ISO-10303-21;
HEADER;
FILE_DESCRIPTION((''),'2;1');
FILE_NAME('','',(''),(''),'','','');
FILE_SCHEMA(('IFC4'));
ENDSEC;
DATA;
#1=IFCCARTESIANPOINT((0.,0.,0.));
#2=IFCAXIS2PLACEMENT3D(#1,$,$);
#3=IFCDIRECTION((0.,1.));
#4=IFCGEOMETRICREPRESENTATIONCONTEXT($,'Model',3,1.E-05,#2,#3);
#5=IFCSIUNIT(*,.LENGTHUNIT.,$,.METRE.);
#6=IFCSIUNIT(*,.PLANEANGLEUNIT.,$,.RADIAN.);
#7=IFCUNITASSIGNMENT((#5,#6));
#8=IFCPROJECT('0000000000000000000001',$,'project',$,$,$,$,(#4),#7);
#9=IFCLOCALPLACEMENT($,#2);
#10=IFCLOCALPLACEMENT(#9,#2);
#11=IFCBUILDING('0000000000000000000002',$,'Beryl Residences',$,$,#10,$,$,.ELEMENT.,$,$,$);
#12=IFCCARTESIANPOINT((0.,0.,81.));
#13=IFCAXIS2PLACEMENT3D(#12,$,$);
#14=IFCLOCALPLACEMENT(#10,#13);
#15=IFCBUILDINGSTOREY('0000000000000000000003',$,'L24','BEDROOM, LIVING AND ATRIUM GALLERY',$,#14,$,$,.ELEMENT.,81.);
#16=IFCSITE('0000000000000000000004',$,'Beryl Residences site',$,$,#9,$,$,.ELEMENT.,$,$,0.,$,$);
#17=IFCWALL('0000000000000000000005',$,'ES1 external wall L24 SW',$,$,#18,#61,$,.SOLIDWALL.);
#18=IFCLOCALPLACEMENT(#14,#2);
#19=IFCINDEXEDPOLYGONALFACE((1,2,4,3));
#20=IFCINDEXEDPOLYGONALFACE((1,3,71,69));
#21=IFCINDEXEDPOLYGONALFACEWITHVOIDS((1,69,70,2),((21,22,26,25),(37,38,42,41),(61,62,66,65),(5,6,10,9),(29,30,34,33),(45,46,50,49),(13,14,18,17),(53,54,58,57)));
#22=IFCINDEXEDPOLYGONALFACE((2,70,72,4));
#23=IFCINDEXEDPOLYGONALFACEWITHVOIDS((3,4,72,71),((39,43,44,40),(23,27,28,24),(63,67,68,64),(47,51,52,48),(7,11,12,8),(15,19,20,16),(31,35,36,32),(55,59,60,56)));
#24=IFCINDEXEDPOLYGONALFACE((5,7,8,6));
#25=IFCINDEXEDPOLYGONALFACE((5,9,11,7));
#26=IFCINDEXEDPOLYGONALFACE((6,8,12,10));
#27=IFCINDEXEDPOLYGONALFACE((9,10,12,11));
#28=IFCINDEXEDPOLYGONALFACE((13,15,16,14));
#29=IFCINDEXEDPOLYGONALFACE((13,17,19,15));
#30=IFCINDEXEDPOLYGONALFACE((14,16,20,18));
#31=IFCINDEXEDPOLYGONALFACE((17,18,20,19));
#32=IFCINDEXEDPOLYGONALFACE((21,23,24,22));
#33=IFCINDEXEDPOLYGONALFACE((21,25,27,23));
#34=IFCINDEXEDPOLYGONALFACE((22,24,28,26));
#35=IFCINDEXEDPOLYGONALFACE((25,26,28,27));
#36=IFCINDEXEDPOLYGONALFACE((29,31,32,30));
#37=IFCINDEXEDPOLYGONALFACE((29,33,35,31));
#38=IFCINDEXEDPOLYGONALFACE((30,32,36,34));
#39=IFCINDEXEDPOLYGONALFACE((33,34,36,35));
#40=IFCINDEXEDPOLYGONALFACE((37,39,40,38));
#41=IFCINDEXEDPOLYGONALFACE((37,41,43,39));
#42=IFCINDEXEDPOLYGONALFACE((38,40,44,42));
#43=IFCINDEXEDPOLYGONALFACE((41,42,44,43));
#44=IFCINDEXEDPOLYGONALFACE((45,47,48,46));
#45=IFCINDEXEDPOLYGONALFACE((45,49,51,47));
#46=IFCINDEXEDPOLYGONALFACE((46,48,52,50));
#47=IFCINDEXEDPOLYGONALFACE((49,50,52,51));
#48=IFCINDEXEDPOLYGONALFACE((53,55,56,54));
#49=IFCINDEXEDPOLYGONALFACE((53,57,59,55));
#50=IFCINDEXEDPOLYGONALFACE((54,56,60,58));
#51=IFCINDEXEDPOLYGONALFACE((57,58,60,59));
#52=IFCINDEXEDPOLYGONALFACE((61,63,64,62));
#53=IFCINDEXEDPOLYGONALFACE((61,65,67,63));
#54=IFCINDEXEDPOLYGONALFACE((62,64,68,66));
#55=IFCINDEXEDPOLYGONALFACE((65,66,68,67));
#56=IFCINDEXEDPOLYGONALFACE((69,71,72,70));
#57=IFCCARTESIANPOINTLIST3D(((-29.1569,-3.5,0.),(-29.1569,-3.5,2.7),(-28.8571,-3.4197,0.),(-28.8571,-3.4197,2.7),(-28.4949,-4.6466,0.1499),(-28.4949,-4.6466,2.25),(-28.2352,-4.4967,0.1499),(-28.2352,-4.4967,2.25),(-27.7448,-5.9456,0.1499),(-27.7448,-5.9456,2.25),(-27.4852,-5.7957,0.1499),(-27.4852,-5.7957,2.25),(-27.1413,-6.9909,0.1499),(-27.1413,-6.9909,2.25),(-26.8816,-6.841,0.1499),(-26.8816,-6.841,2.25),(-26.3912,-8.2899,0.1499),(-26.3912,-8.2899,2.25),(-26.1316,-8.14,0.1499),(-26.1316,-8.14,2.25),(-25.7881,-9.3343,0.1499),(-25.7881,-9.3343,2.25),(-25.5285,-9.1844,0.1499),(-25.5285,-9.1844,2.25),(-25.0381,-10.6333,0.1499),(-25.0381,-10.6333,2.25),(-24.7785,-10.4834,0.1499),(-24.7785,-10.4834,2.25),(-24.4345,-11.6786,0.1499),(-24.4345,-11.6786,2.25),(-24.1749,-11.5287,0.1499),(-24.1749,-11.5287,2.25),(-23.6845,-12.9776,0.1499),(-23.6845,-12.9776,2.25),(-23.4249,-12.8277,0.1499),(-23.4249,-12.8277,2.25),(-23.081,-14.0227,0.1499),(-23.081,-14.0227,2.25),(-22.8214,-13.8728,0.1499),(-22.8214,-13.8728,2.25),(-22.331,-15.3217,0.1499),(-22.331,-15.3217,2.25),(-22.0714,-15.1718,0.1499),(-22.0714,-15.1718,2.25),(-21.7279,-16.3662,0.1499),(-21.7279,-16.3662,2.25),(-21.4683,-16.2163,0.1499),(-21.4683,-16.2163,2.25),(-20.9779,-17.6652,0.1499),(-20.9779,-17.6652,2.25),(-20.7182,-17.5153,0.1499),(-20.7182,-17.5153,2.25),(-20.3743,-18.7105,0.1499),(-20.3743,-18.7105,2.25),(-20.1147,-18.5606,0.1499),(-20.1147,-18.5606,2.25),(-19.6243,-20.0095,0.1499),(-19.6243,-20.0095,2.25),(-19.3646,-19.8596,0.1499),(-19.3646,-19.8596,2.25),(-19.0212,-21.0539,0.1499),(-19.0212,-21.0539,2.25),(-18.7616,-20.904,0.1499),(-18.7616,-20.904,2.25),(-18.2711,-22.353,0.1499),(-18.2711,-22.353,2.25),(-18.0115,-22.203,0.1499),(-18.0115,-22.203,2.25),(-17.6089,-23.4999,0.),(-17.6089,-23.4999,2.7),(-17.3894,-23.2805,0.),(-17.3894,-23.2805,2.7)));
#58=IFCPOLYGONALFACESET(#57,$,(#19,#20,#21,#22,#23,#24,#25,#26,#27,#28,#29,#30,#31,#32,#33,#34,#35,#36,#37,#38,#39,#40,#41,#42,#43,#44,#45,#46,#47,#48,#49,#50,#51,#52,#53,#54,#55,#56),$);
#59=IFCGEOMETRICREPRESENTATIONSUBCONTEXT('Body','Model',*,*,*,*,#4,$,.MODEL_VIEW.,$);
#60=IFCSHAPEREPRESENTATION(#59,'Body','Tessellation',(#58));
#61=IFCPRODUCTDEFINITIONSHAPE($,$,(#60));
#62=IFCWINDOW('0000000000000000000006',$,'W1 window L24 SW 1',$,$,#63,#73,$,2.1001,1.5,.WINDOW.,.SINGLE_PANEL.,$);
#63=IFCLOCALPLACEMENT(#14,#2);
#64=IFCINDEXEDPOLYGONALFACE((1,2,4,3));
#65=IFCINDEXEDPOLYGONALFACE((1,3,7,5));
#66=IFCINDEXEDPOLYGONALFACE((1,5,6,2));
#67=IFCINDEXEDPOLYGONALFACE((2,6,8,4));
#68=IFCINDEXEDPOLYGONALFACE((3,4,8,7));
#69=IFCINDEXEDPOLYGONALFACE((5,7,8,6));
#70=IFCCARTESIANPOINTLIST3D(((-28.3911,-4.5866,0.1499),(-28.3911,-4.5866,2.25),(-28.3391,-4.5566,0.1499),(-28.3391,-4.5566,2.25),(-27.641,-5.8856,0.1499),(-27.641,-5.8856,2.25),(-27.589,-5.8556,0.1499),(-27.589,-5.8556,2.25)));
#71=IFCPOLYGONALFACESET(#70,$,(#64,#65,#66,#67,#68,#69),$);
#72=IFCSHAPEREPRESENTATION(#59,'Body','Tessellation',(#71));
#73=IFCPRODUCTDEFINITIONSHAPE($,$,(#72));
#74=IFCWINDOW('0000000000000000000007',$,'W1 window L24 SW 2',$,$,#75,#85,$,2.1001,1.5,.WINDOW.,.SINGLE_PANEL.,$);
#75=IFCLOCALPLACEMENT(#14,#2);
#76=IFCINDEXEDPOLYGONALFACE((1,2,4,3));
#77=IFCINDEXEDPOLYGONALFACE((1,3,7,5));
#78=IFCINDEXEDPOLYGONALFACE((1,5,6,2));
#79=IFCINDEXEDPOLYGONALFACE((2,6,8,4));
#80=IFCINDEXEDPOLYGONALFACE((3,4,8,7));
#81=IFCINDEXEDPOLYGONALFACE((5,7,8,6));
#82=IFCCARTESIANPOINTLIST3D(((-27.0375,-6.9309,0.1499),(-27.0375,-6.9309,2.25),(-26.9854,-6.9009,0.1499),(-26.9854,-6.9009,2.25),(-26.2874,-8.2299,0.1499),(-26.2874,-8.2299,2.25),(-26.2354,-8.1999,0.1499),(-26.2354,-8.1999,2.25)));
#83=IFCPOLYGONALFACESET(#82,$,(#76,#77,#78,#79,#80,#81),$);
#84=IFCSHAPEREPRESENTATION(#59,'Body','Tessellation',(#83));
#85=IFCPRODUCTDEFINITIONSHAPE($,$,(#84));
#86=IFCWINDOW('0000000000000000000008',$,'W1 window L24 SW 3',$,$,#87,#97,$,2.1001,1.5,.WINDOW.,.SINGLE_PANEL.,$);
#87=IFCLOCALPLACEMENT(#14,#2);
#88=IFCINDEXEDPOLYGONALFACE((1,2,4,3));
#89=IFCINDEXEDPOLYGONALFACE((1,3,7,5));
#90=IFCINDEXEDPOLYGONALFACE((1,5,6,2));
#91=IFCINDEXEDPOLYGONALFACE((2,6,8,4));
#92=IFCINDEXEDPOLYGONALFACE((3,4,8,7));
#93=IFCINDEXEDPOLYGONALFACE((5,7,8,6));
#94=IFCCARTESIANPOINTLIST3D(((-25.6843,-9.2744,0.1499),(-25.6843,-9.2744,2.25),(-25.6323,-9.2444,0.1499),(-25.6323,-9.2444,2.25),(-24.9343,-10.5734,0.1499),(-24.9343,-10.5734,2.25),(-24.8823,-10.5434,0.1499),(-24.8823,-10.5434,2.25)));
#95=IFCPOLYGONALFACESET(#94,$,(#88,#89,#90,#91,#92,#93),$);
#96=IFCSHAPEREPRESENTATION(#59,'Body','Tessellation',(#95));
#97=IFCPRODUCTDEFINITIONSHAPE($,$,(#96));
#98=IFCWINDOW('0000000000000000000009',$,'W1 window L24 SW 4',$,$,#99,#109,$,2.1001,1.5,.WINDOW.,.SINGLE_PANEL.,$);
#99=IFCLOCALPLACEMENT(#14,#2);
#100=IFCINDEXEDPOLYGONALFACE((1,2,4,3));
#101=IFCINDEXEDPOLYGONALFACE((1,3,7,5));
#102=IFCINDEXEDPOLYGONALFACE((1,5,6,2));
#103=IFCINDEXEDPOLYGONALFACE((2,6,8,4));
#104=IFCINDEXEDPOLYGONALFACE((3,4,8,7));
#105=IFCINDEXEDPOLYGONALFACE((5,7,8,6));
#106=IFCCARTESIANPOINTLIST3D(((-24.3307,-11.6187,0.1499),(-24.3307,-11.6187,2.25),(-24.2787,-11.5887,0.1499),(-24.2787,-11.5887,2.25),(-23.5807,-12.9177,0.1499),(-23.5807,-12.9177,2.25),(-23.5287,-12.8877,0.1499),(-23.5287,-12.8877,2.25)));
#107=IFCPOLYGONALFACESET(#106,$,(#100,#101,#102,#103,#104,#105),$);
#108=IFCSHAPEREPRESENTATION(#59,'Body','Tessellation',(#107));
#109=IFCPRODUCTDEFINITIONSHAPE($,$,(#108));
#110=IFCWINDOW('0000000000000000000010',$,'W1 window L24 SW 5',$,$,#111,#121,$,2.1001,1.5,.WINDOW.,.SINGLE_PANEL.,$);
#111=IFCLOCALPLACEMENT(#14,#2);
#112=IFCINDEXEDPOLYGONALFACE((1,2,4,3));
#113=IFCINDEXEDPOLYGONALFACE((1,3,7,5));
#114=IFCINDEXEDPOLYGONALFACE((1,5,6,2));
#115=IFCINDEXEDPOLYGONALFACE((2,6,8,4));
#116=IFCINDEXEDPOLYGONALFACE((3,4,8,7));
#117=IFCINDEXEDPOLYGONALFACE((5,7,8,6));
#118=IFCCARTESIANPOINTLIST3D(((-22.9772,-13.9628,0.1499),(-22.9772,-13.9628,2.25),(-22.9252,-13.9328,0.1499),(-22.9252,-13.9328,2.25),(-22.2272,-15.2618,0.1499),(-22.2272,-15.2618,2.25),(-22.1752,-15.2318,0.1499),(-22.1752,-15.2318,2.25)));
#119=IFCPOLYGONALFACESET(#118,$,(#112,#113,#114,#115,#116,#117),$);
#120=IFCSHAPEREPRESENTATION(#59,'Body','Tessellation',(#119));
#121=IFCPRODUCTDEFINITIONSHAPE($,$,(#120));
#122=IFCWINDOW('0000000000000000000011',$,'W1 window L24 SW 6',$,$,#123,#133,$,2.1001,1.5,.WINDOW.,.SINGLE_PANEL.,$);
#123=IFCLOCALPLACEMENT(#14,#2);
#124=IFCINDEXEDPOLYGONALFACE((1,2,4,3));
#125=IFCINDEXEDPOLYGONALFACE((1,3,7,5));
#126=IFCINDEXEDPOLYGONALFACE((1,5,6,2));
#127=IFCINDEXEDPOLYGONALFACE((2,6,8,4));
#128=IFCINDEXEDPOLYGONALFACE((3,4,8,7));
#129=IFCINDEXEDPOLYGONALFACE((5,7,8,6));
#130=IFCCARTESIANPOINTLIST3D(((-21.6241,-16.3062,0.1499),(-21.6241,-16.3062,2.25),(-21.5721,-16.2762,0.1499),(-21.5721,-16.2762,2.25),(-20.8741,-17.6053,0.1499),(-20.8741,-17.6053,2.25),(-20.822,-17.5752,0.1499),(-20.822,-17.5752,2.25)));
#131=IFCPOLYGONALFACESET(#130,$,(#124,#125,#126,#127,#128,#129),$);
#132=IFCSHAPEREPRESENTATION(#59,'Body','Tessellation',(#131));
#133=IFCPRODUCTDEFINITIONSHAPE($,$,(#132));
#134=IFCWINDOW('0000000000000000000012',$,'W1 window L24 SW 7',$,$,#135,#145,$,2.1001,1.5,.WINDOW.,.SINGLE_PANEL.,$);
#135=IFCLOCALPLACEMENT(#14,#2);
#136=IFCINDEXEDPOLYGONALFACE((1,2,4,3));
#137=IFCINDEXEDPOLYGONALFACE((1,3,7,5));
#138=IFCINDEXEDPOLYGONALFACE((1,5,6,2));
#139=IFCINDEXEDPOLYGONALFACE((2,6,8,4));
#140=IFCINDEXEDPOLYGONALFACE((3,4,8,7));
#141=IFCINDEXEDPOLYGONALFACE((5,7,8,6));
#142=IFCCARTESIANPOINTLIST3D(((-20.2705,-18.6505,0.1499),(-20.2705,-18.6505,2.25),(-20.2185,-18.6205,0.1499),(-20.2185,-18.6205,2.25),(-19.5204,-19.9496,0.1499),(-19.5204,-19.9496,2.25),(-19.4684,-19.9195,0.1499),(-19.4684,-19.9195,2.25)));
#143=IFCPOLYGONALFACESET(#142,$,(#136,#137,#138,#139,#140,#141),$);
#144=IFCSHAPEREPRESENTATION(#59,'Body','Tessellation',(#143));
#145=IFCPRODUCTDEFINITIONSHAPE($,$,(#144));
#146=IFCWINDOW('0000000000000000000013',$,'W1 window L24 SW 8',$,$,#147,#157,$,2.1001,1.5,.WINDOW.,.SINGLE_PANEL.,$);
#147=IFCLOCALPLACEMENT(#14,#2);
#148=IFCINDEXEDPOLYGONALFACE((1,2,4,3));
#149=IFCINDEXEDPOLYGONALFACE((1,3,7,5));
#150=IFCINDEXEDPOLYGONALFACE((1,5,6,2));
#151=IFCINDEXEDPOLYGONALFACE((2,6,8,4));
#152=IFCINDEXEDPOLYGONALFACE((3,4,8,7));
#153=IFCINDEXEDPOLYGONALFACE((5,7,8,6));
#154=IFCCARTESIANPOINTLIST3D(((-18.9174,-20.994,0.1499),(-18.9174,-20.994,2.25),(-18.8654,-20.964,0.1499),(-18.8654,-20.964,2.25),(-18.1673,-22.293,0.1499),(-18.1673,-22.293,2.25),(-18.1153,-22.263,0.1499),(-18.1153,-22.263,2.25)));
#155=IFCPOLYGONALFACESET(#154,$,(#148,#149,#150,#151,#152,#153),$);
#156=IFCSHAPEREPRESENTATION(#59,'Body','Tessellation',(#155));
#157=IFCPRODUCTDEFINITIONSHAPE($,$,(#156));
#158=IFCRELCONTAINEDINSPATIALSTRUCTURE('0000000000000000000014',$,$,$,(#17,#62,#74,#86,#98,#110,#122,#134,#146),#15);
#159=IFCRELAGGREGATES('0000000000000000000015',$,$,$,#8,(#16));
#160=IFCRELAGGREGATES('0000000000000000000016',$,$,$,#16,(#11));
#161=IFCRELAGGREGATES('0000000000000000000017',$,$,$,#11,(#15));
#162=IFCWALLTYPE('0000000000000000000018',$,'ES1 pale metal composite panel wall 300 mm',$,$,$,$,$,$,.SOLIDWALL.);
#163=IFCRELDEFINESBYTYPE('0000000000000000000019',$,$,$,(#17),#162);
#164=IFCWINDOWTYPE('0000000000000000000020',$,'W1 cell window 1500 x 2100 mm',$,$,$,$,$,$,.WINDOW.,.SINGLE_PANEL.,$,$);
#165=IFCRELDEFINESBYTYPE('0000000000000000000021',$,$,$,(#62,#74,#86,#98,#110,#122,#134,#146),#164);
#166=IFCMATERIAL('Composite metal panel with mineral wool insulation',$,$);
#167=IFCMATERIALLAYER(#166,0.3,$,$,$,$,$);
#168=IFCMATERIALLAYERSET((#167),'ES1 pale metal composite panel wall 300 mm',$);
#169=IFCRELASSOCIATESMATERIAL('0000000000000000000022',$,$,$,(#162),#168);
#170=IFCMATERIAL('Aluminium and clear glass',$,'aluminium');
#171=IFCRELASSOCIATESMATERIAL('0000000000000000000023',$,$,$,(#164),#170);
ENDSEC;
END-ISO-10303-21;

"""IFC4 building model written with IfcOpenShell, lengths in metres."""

from ifc_helpers import new_model, si_unit, direction, frame, frame_2d, origin, place, context, subcontext, project, spatial, polyline, rectangle, outline, extrude, material, layer, layer_set, type_object, element, fill, save


model = new_model("IFC4")

# Units and contexts
model_context = context("Model", 3, precision=1e-05, world=origin(), true_north=direction((0.0, 1.0)))
body_context = subcontext(model_context, "Body", "Model", "MODEL_VIEW")
ifc_project = project(units=[si_unit("LENGTHUNIT", "METRE"), si_unit("PLANEANGLEUNIT", "RADIAN")], contexts=[model_context])

# Site, building, storey
site_placement = place(None, origin())
site = spatial("IfcSite", under=ifc_project, at=site_placement, Name="Beryl Residences site", CompositionType="ELEMENT", RefElevation=0.0)
building_placement = place(site_placement, origin())
building = spatial("IfcBuilding", under=site, at=building_placement, Name="Beryl Residences", CompositionType="ELEMENT")
storey_placement = place(building_placement, frame((0.0, 0.0, 81.0)))
storey = spatial("IfcBuildingStorey", under=building, at=storey_placement, Name="L24", Description="BEDROOM, LIVING AND ATRIUM GALLERY", CompositionType="ELEMENT", Elevation=81.0)

# Wall, openings, windows
ifc_material_1 = material(Name="Composite metal panel with mineral wool insulation")
ifc_layer_1 = layer(ifc_material_1, 0.3)
ifc_layer_set_1 = layer_set([ifc_layer_1], Name="ES1 pale metal composite panel wall 300 mm")
wall_type_1 = type_object("IfcWallType", Name="ES1 pale metal composite panel wall 300 mm", PredefinedType="SOLIDWALL", material=ifc_layer_set_1)
wall_1_placement = place(storey_placement, frame((-29.0271, -3.425, 0.0), z_axis=(0.0, 0.0, 1.0), x_axis=(0.500035, -0.866005, 0.0)))
wall_1 = element("IfcWall", 1, at=wall_1_placement, inside=storey, type_object=wall_type_1, Name="ES1 external wall L24 SW", PredefinedType="SOLIDWALL", context=body_context, shape_type="SweptSolid", body=[
    extrude(outline(polyline([(0.0, -0.1499), (23.0945, -0.1499), (23.0142, 0.1499), (0.0803, 0.1499), (0.0, -0.1499)])), origin(), (0.0, 0.0, 1.0), 2.7),
])
opening_1_placement = place(wall_1_placement, frame((1.324, 0.0, 0.1499)))
opening_1 = element("IfcOpeningElement", 2, at=opening_1_placement, cuts=wall_1, PredefinedType="OPENING", context=body_context, shape_type="SweptSolid", body=[
    extrude(rectangle(XDim=1.5, YDim=2.1001, at=frame_2d((0.75, 1.05))), frame((0.0, 0.1599, 0.0), z_axis=(0.0, -1.0, 0.0), x_axis=(1.0, 0.0, 0.0)), (0.0, 0.0, 1.0), 0.3201),
])
opening_2_placement = place(wall_1_placement, frame((4.031, 0.0, 0.1499)))
opening_2 = element("IfcOpeningElement", 3, at=opening_2_placement, cuts=wall_1, PredefinedType="OPENING", context=body_context, shape_type="SweptSolid", body=[
    extrude(rectangle(XDim=1.5, YDim=2.1001, at=frame_2d((0.75, 1.05))), frame((0.0, 0.1599, 0.0), z_axis=(0.0, -1.0, 0.0), x_axis=(1.0, 0.0, 0.0)), (0.0, 0.0, 1.0), 0.3201),
])
opening_3_placement = place(wall_1_placement, frame((6.7371, 0.0, 0.1499)))
opening_3 = element("IfcOpeningElement", 4, at=opening_3_placement, cuts=wall_1, PredefinedType="OPENING", context=body_context, shape_type="SweptSolid", body=[
    extrude(rectangle(XDim=1.5, YDim=2.1001, at=frame_2d((0.75, 1.05))), frame((0.0, 0.1599, 0.0), z_axis=(0.0, -1.0, 0.0), x_axis=(1.0, 0.0, 0.0)), (0.0, 0.0, 1.0), 0.3201),
])
opening_4_placement = place(wall_1_placement, frame((9.4441, 0.0, 0.1499)))
opening_4 = element("IfcOpeningElement", 5, at=opening_4_placement, cuts=wall_1, PredefinedType="OPENING", context=body_context, shape_type="SweptSolid", body=[
    extrude(rectangle(XDim=1.5, YDim=2.1001, at=frame_2d((0.75, 1.05))), frame((0.0, 0.1599, 0.0), z_axis=(0.0, -1.0, 0.0), x_axis=(1.0, 0.0, 0.0)), (0.0, 0.0, 1.0), 0.3201),
])
opening_5_placement = place(wall_1_placement, frame((12.1509, 0.0, 0.1499)))
opening_5 = element("IfcOpeningElement", 6, at=opening_5_placement, cuts=wall_1, PredefinedType="OPENING", context=body_context, shape_type="SweptSolid", body=[
    extrude(rectangle(XDim=1.5, YDim=2.1001, at=frame_2d((0.75, 1.05))), frame((0.0, 0.1599, 0.0), z_axis=(0.0, -1.0, 0.0), x_axis=(1.0, 0.0, 0.0)), (0.0, 0.0, 1.0), 0.3201),
])
opening_6_placement = place(wall_1_placement, frame((14.8569, 0.0, 0.1499)))
opening_6 = element("IfcOpeningElement", 7, at=opening_6_placement, cuts=wall_1, PredefinedType="OPENING", context=body_context, shape_type="SweptSolid", body=[
    extrude(rectangle(XDim=1.5, YDim=2.1001, at=frame_2d((0.75, 1.05))), frame((0.0, 0.1599, 0.0), z_axis=(0.0, -1.0, 0.0), x_axis=(1.0, 0.0, 0.0)), (0.0, 0.0, 1.0), 0.3201),
])
opening_7_placement = place(wall_1_placement, frame((17.564, 0.0, 0.1499)))
opening_7 = element("IfcOpeningElement", 8, at=opening_7_placement, cuts=wall_1, PredefinedType="OPENING", context=body_context, shape_type="SweptSolid", body=[
    extrude(rectangle(XDim=1.5, YDim=2.1001, at=frame_2d((0.75, 1.05))), frame((0.0, 0.1599, 0.0), z_axis=(0.0, -1.0, 0.0), x_axis=(1.0, 0.0, 0.0)), (0.0, 0.0, 1.0), 0.3201),
])
opening_8_placement = place(wall_1_placement, frame((20.27, 0.0, 0.1499)))
opening_8 = element("IfcOpeningElement", 9, at=opening_8_placement, cuts=wall_1, PredefinedType="OPENING", context=body_context, shape_type="SweptSolid", body=[
    extrude(rectangle(XDim=1.5, YDim=2.1001, at=frame_2d((0.75, 1.05))), frame((0.0, 0.1599, 0.0), z_axis=(0.0, -1.0, 0.0), x_axis=(1.0, 0.0, 0.0)), (0.0, 0.0, 1.0), 0.3201),
])
ifc_material_2 = material(Name="Aluminium and clear glass", Category="aluminium")
window_type_1 = type_object("IfcWindowType", Name="W1 cell window 1500 x 2100 mm", PartitioningType="SINGLE_PANEL", PredefinedType="WINDOW", material=ifc_material_2)
window_1_placement = place(opening_1_placement, origin())
window_1 = element("IfcWindow", 10, at=window_1_placement, inside=storey, type_object=window_type_1, Name="W1 window L24 SW 1", OverallHeight=2.1001, OverallWidth=1.5, PartitioningType="SINGLE_PANEL", PredefinedType="WINDOW", context=body_context, shape_type="SweptSolid", body=[
    extrude(rectangle(XDim=1.5, YDim=2.1001, at=frame_2d((0.75, 1.05))), frame((0.0, 0.03, 0.0), z_axis=(0.0, -1.0, 0.0), x_axis=(1.0, 0.0, 0.0)), (0.0, 0.0, 1.0), 0.0601),
])
fill(opening_1, window_1)
window_2_placement = place(opening_2_placement, origin())
window_2 = element("IfcWindow", 11, at=window_2_placement, inside=storey, type_object=window_type_1, Name="W1 window L24 SW 2", OverallHeight=2.1001, OverallWidth=1.5, PartitioningType="SINGLE_PANEL", PredefinedType="WINDOW", context=body_context, shape_type="SweptSolid", body=[
    extrude(rectangle(XDim=1.5, YDim=2.1001, at=frame_2d((0.75, 1.05))), frame((0.0, 0.03, 0.0), z_axis=(0.0, -1.0, 0.0), x_axis=(1.0, 0.0, 0.0)), (0.0, 0.0, 1.0), 0.0601),
])
fill(opening_2, window_2)
window_3_placement = place(opening_3_placement, origin())
window_3 = element("IfcWindow", 12, at=window_3_placement, inside=storey, type_object=window_type_1, Name="W1 window L24 SW 3", OverallHeight=2.1001, OverallWidth=1.5, PartitioningType="SINGLE_PANEL", PredefinedType="WINDOW", context=body_context, shape_type="SweptSolid", body=[
    extrude(rectangle(XDim=1.5, YDim=2.1001, at=frame_2d((0.75, 1.05))), frame((0.0, 0.03, 0.0), z_axis=(0.0, -1.0, 0.0), x_axis=(1.0, 0.0, 0.0)), (0.0, 0.0, 1.0), 0.0601),
])
fill(opening_3, window_3)
window_4_placement = place(opening_4_placement, origin())
window_4 = element("IfcWindow", 13, at=window_4_placement, inside=storey, type_object=window_type_1, Name="W1 window L24 SW 4", OverallHeight=2.1001, OverallWidth=1.5, PartitioningType="SINGLE_PANEL", PredefinedType="WINDOW", context=body_context, shape_type="SweptSolid", body=[
    extrude(rectangle(XDim=1.5, YDim=2.1001, at=frame_2d((0.75, 1.05))), frame((0.0, 0.03, 0.0), z_axis=(0.0, -1.0, 0.0), x_axis=(1.0, 0.0, 0.0)), (0.0, 0.0, 1.0), 0.0601),
])
fill(opening_4, window_4)
window_5_placement = place(opening_5_placement, origin())
window_5 = element("IfcWindow", 14, at=window_5_placement, inside=storey, type_object=window_type_1, Name="W1 window L24 SW 5", OverallHeight=2.1001, OverallWidth=1.5, PartitioningType="SINGLE_PANEL", PredefinedType="WINDOW", context=body_context, shape_type="SweptSolid", body=[
    extrude(rectangle(XDim=1.5, YDim=2.1001, at=frame_2d((0.75, 1.05))), frame((0.0, 0.03, 0.0), z_axis=(0.0, -1.0, 0.0), x_axis=(1.0, 0.0, 0.0)), (0.0, 0.0, 1.0), 0.0601),
])
fill(opening_5, window_5)
window_6_placement = place(opening_6_placement, origin())
window_6 = element("IfcWindow", 15, at=window_6_placement, inside=storey, type_object=window_type_1, Name="W1 window L24 SW 6", OverallHeight=2.1001, OverallWidth=1.5, PartitioningType="SINGLE_PANEL", PredefinedType="WINDOW", context=body_context, shape_type="SweptSolid", body=[
    extrude(rectangle(XDim=1.5, YDim=2.1001, at=frame_2d((0.75, 1.05))), frame((0.0, 0.03, 0.0), z_axis=(0.0, -1.0, 0.0), x_axis=(1.0, 0.0, 0.0)), (0.0, 0.0, 1.0), 0.0601),
])
fill(opening_6, window_6)
window_7_placement = place(opening_7_placement, origin())
window_7 = element("IfcWindow", 16, at=window_7_placement, inside=storey, type_object=window_type_1, Name="W1 window L24 SW 7", OverallHeight=2.1001, OverallWidth=1.5, PartitioningType="SINGLE_PANEL", PredefinedType="WINDOW", context=body_context, shape_type="SweptSolid", body=[
    extrude(rectangle(XDim=1.5, YDim=2.1001, at=frame_2d((0.75, 1.05))), frame((0.0, 0.03, 0.0), z_axis=(0.0, -1.0, 0.0), x_axis=(1.0, 0.0, 0.0)), (0.0, 0.0, 1.0), 0.0601),
])
fill(opening_7, window_7)
window_8_placement = place(opening_8_placement, origin())
window_8 = element("IfcWindow", 17, at=window_8_placement, inside=storey, type_object=window_type_1, Name="W1 window L24 SW 8", OverallHeight=2.1001, OverallWidth=1.5, PartitioningType="SINGLE_PANEL", PredefinedType="WINDOW", context=body_context, shape_type="SweptSolid", body=[
    extrude(rectangle(XDim=1.5, YDim=2.1001, at=frame_2d((0.75, 1.05))), frame((0.0, 0.03, 0.0), z_axis=(0.0, -1.0, 0.0), x_axis=(1.0, 0.0, 0.0)), (0.0, 0.0, 1.0), 0.0601),
])
fill(opening_8, window_8)

save(model, "model.ifc")
